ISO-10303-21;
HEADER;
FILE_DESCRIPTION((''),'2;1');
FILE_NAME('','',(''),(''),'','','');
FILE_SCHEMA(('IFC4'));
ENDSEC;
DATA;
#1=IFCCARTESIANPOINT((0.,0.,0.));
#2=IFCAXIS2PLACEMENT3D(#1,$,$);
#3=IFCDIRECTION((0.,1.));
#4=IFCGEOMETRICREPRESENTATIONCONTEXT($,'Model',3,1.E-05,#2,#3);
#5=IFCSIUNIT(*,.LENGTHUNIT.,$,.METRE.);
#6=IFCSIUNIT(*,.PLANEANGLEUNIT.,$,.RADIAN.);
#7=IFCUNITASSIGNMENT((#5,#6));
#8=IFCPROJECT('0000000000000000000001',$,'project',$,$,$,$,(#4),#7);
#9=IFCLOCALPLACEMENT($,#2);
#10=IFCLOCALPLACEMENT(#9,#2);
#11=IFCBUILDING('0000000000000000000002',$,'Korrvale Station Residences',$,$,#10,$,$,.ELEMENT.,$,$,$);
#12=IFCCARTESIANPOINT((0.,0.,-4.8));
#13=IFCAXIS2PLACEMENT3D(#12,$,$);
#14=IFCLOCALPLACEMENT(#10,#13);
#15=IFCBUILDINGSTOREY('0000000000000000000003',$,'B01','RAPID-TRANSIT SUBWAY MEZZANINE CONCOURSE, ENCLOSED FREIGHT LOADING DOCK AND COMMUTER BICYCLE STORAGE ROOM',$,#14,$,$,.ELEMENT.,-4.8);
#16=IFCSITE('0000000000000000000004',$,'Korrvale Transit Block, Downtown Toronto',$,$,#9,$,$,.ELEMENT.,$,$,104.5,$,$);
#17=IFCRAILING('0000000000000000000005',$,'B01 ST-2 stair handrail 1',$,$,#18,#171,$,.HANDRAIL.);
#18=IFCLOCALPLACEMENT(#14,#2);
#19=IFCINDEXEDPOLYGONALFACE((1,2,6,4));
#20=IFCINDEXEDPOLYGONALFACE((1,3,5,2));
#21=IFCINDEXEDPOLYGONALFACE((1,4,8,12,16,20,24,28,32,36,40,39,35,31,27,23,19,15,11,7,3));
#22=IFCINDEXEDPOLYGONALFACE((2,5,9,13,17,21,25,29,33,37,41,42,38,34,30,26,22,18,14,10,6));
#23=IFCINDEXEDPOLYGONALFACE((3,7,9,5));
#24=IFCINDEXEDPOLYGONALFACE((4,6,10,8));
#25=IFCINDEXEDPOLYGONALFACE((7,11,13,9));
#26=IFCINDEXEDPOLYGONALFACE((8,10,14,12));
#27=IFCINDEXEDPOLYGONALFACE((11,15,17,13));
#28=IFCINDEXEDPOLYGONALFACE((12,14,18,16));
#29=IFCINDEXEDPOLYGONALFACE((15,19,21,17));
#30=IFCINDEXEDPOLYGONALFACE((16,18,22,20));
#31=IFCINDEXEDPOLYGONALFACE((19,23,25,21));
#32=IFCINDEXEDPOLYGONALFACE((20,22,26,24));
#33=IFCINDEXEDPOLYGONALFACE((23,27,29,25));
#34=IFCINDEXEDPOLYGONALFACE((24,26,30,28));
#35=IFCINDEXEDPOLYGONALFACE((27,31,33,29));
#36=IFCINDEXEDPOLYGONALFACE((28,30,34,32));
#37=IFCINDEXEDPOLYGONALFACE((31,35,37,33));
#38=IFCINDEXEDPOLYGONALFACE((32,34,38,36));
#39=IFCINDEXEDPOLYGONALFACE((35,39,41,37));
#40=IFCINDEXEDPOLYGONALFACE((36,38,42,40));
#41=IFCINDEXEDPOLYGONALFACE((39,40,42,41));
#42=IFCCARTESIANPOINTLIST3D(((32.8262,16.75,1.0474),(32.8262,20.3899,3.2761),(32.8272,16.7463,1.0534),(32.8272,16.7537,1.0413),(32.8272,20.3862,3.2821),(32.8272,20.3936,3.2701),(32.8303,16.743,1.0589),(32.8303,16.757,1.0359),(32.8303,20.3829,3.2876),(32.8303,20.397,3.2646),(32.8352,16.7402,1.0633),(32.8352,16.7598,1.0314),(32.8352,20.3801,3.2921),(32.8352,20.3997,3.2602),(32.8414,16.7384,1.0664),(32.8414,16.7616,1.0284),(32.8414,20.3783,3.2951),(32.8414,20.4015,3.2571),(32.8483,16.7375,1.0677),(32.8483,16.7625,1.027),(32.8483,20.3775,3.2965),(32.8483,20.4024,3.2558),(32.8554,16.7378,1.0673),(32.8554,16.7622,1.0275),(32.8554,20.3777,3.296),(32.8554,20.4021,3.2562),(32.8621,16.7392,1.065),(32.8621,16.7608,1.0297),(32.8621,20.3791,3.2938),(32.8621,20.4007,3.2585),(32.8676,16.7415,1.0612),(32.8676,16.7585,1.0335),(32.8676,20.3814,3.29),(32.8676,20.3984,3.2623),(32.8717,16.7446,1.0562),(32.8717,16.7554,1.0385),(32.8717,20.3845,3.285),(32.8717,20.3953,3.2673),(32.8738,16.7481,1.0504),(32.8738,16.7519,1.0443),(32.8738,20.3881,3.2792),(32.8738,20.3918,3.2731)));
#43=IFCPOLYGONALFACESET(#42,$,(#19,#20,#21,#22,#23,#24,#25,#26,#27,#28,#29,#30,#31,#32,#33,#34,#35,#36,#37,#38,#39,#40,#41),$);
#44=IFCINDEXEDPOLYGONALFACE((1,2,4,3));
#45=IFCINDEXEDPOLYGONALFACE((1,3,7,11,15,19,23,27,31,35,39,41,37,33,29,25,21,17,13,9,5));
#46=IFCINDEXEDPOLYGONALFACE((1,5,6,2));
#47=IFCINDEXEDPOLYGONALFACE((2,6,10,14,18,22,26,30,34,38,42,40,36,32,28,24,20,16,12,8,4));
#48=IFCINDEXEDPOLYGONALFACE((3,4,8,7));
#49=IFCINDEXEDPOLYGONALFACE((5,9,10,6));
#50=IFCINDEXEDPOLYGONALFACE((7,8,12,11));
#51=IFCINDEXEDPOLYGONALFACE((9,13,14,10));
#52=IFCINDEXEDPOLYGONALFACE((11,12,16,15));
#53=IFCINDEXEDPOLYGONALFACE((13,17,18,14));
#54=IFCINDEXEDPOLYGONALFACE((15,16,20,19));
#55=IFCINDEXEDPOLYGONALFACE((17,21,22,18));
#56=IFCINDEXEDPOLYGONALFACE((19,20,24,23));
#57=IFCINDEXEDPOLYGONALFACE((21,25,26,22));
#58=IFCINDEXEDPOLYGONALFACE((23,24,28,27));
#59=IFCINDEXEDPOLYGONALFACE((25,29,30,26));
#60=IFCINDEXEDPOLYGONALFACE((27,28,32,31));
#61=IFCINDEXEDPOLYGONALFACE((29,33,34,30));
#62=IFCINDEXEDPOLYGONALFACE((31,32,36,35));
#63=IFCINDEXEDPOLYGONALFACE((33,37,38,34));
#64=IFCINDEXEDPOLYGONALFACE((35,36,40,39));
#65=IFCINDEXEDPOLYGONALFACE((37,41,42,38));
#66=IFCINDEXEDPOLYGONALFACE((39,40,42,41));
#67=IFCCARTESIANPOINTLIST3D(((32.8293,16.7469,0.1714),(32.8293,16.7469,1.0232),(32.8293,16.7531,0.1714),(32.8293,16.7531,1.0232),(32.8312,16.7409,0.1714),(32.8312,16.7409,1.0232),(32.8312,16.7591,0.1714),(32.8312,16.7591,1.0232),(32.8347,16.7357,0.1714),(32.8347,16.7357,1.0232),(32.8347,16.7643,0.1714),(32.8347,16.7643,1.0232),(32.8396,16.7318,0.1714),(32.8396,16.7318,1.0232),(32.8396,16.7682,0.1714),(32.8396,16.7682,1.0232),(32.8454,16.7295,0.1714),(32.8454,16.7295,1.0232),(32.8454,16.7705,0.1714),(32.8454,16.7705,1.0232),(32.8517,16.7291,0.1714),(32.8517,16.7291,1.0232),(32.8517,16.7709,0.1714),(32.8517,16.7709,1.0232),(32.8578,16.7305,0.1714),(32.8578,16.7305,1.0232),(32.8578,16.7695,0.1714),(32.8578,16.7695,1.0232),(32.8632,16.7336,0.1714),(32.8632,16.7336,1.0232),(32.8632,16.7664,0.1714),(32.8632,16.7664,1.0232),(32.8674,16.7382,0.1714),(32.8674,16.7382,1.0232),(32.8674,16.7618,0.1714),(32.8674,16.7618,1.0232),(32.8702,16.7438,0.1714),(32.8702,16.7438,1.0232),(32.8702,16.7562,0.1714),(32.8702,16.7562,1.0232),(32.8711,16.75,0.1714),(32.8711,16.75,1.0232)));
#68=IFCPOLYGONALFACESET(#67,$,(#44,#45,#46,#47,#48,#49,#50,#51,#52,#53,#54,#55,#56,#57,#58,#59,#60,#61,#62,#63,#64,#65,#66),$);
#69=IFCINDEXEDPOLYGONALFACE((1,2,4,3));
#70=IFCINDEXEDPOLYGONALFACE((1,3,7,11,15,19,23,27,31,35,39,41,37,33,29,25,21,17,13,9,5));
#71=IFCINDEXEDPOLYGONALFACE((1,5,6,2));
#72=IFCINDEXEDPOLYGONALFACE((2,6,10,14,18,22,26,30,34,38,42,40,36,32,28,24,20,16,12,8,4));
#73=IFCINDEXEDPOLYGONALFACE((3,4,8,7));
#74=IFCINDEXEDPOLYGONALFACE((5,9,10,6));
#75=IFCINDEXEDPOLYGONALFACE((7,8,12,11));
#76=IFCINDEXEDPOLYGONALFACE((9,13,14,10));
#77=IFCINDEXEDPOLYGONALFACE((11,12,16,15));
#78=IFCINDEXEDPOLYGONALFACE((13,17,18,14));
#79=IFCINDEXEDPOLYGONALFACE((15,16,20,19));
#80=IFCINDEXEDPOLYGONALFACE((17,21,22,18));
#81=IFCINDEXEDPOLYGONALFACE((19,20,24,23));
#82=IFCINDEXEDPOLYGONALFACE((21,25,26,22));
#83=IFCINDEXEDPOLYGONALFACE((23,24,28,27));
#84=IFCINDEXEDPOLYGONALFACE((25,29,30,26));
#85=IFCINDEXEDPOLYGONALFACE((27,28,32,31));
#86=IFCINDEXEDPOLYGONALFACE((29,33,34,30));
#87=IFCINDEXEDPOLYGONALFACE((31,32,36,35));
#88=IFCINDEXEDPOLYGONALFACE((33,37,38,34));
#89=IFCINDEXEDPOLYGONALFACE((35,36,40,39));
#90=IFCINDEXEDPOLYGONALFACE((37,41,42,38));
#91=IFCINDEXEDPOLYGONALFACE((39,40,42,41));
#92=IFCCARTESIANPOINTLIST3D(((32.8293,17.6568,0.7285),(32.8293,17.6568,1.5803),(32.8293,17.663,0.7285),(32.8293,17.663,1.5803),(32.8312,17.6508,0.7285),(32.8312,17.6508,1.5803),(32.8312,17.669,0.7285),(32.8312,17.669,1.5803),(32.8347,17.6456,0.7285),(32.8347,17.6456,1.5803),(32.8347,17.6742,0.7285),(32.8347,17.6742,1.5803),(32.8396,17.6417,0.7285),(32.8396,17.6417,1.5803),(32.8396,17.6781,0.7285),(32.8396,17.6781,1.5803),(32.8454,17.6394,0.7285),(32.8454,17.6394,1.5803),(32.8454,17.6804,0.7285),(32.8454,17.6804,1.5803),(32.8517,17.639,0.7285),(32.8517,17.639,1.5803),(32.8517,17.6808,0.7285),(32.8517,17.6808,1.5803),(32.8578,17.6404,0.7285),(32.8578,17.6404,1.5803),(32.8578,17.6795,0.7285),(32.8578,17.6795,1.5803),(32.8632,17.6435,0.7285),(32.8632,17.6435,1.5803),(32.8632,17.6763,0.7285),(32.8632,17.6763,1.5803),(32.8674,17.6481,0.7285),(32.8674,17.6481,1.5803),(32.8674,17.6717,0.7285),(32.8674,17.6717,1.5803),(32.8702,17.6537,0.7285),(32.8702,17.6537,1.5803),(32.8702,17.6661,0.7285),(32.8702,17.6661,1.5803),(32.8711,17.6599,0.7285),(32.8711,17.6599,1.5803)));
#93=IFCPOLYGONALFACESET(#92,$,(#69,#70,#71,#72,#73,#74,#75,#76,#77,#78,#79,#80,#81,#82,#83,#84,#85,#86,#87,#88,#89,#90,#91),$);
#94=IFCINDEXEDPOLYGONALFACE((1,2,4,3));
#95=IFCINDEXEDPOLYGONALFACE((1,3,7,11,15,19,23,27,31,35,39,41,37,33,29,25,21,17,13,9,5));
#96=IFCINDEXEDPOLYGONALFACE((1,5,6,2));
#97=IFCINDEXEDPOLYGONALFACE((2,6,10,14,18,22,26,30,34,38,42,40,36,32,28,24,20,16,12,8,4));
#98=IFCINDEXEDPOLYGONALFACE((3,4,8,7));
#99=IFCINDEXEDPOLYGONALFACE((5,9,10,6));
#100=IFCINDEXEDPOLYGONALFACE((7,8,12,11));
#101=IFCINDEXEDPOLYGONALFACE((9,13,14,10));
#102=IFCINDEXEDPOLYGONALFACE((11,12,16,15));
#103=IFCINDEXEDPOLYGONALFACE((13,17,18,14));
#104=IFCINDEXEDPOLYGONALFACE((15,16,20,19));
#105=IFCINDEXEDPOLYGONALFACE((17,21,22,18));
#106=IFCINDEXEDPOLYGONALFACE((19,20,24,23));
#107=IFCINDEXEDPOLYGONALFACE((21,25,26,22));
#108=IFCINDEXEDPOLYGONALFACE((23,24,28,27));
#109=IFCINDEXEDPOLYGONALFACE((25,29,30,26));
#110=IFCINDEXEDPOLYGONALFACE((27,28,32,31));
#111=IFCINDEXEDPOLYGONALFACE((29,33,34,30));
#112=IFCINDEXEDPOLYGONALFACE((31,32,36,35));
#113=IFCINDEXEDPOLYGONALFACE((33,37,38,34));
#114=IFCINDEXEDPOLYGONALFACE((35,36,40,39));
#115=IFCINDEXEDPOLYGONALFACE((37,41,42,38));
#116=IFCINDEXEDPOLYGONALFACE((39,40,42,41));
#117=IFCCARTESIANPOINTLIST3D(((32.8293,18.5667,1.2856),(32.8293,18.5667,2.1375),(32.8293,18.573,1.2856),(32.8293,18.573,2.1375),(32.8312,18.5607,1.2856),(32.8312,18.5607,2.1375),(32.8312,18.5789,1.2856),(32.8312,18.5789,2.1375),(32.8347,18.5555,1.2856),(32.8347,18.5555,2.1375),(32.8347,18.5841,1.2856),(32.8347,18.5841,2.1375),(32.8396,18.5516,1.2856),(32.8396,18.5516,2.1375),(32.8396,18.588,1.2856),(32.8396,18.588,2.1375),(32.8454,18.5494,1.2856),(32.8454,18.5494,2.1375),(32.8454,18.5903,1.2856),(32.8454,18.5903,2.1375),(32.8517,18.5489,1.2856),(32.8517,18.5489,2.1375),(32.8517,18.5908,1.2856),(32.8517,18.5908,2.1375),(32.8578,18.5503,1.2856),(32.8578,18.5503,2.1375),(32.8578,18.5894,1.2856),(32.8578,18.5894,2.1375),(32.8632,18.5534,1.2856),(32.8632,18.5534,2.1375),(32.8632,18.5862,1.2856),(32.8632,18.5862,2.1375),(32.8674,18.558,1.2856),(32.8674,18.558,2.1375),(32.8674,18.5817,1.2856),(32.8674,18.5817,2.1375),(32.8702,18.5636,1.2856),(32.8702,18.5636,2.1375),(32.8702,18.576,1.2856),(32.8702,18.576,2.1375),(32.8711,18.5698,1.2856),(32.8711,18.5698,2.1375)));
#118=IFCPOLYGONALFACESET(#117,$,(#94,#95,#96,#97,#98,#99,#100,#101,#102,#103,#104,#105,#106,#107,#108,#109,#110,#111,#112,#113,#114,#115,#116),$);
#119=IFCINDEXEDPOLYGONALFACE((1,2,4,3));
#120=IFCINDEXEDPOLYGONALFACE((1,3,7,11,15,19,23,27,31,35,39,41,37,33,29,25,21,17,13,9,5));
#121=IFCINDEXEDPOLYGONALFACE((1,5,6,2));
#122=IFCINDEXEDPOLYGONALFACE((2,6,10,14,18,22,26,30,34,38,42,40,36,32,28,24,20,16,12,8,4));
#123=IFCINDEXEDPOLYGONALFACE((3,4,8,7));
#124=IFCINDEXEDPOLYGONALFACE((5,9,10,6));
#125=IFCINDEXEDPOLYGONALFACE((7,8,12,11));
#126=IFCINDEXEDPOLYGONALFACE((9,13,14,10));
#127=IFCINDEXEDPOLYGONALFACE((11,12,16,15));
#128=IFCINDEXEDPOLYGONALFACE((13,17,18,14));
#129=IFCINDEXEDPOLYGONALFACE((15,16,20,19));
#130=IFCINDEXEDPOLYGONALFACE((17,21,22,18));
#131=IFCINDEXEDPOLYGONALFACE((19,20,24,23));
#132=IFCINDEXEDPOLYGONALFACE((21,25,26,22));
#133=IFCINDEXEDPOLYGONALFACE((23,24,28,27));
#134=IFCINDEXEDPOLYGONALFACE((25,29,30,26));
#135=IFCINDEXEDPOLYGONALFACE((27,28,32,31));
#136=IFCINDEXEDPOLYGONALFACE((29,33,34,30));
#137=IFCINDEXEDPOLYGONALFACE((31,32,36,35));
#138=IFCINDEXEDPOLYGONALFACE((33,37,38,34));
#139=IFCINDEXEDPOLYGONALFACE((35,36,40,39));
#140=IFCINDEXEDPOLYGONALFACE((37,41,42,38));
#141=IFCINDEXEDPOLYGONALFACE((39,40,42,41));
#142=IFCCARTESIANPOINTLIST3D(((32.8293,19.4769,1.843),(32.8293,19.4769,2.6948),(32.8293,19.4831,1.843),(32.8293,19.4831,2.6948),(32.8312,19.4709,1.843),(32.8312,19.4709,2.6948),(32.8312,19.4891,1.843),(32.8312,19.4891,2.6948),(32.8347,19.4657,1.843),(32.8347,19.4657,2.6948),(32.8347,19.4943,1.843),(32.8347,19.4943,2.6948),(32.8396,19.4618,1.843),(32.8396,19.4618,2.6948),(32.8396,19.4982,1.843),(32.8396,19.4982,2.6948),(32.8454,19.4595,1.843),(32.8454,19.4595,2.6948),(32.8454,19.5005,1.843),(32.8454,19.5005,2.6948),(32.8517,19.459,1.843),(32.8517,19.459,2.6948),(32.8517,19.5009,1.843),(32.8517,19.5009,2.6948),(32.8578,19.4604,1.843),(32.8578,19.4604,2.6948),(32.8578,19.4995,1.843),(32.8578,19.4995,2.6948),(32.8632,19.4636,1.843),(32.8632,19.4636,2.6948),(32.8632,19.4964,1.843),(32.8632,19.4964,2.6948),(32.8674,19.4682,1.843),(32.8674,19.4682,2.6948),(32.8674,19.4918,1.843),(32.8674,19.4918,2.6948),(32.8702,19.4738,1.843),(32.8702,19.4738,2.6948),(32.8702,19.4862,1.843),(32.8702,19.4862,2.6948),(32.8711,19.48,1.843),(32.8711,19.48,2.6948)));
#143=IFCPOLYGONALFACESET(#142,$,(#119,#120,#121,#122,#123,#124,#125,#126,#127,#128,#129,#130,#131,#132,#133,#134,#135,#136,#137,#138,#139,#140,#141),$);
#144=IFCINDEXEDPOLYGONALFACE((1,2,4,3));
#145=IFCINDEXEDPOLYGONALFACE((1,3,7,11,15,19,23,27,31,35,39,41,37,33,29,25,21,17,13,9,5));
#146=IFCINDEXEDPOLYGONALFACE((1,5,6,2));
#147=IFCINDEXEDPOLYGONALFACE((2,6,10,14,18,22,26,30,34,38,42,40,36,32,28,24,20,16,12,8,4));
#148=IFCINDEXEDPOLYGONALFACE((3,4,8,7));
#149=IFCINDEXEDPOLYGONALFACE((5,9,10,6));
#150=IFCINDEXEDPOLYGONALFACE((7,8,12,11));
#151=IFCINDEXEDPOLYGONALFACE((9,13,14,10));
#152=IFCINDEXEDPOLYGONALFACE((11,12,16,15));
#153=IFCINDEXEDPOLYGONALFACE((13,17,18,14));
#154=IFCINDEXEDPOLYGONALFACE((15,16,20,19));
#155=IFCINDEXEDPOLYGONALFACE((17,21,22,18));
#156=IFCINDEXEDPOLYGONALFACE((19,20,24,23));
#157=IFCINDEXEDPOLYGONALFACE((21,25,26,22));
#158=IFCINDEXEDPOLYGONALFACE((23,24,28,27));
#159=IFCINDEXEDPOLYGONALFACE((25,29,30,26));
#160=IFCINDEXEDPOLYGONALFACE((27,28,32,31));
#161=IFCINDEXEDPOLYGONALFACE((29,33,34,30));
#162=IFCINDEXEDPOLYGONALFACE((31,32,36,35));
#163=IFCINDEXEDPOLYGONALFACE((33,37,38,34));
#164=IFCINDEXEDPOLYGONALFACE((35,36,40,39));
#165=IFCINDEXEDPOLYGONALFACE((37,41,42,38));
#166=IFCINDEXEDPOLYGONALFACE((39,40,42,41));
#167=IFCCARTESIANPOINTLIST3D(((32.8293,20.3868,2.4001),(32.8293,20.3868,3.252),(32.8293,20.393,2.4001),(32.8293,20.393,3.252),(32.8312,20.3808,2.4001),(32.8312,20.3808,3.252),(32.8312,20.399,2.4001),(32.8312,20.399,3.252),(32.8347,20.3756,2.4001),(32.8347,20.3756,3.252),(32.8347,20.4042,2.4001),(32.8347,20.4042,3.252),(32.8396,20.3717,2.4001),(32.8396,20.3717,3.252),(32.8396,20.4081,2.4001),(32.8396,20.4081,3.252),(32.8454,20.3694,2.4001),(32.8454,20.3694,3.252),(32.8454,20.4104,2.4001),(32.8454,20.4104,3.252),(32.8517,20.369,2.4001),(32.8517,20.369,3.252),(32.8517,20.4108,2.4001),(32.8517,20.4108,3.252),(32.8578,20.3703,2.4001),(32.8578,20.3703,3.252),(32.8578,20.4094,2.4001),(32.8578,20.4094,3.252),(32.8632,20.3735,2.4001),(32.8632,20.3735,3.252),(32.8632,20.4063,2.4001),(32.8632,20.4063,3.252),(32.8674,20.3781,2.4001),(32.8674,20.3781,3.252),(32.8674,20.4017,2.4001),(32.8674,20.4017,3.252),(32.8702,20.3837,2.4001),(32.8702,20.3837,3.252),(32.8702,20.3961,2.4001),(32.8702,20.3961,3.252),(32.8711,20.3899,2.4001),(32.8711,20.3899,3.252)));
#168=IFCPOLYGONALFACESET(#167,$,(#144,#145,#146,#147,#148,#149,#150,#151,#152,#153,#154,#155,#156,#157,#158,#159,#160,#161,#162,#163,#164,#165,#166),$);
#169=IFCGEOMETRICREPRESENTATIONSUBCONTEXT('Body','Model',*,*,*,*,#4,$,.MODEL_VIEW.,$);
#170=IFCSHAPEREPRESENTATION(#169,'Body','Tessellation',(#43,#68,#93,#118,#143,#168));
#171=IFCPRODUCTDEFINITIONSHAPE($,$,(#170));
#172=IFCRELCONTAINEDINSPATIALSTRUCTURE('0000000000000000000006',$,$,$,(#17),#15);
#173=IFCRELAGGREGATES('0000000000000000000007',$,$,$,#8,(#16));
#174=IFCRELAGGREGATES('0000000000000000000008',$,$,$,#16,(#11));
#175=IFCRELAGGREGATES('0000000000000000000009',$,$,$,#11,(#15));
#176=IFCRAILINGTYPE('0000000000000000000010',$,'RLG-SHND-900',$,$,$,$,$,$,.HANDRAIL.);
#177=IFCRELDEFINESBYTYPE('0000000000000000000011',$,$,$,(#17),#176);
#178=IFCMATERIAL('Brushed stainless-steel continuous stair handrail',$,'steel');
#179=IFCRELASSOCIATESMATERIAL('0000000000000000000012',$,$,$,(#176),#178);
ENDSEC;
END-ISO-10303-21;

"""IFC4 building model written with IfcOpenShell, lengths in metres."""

from ifc_helpers import new_model, si_unit, direction, frame, origin, origin_2d, place, context, subcontext, project, spatial, circle, extrude, material, type_object, element, save


model = new_model("IFC4")

# Units and contexts
model_context = context("Model", 3, precision=1e-05, world=origin(), true_north=direction((0.0, 1.0)))
body_context = subcontext(model_context, "Body", "Model", "MODEL_VIEW")
ifc_project = project(units=[si_unit("LENGTHUNIT", "METRE"), si_unit("PLANEANGLEUNIT", "RADIAN")], contexts=[model_context])

# Site, building, storey
site_placement = place(None, origin())
site = spatial("IfcSite", under=ifc_project, at=site_placement, Name="Korrvale Transit Block, Downtown Toronto", CompositionType="ELEMENT", RefElevation=104.5)
building_placement = place(site_placement, origin())
building = spatial("IfcBuilding", under=site, at=building_placement, Name="Korrvale Station Residences", CompositionType="ELEMENT")
storey_placement = place(building_placement, frame((0.0, 0.0, -4.8)))
storey = spatial("IfcBuildingStorey", under=building, at=storey_placement, Name="B01", Description="RAPID-TRANSIT SUBWAY MEZZANINE CONCOURSE, ENCLOSED FREIGHT LOADING DOCK AND COMMUTER BICYCLE STORAGE ROOM", CompositionType="ELEMENT", Elevation=-4.8)

# Railing
ifc_material_1 = material(Name="Brushed stainless-steel continuous stair handrail", Category="steel")
railing_type_1 = type_object("IfcRailingType", Name="RLG-SHND-900", PredefinedType="HANDRAIL", material=ifc_material_1)
railing_1_placement = place(storey_placement, frame((32.8501, 16.75, 0.1714)))
element("IfcRailing", 1, at=railing_1_placement, inside=storey, type_object=railing_type_1, Name="B01 ST-2 stair handrail 1", PredefinedType="HANDRAIL", context=body_context, shape_type="SweptSolid", body=[
    extrude(circle(Radius=0.0239, at=origin_2d()), frame((0.0, 0.0, 0.876), z_axis=(0.0, 0.852825, 0.522197), x_axis=(-1.0, 0.0, 0.0)), (0.0, 0.0, 1.0), 4.2681),
    extrude(circle(Radius=0.021, at=origin_2d()), origin(), (0.0, 0.0, 1.0), 0.8518),
    extrude(circle(Radius=0.021, at=origin_2d()), frame((0.0, 0.9099, 0.5571)), (0.0, 0.0, 1.0), 0.8518),
    extrude(circle(Radius=0.021, at=origin_2d()), frame((0.0, 1.8198, 1.1143)), (0.0, 0.0, 1.0), 0.8518),
    extrude(circle(Radius=0.021, at=origin_2d()), frame((0.0, 2.73, 1.6716)), (0.0, 0.0, 1.0), 0.8518),
    extrude(circle(Radius=0.021, at=origin_2d()), frame((0.0, 3.6399, 2.2288)), (0.0, 0.0, 1.0), 0.8518),
])

save(model, "model.ifc")
